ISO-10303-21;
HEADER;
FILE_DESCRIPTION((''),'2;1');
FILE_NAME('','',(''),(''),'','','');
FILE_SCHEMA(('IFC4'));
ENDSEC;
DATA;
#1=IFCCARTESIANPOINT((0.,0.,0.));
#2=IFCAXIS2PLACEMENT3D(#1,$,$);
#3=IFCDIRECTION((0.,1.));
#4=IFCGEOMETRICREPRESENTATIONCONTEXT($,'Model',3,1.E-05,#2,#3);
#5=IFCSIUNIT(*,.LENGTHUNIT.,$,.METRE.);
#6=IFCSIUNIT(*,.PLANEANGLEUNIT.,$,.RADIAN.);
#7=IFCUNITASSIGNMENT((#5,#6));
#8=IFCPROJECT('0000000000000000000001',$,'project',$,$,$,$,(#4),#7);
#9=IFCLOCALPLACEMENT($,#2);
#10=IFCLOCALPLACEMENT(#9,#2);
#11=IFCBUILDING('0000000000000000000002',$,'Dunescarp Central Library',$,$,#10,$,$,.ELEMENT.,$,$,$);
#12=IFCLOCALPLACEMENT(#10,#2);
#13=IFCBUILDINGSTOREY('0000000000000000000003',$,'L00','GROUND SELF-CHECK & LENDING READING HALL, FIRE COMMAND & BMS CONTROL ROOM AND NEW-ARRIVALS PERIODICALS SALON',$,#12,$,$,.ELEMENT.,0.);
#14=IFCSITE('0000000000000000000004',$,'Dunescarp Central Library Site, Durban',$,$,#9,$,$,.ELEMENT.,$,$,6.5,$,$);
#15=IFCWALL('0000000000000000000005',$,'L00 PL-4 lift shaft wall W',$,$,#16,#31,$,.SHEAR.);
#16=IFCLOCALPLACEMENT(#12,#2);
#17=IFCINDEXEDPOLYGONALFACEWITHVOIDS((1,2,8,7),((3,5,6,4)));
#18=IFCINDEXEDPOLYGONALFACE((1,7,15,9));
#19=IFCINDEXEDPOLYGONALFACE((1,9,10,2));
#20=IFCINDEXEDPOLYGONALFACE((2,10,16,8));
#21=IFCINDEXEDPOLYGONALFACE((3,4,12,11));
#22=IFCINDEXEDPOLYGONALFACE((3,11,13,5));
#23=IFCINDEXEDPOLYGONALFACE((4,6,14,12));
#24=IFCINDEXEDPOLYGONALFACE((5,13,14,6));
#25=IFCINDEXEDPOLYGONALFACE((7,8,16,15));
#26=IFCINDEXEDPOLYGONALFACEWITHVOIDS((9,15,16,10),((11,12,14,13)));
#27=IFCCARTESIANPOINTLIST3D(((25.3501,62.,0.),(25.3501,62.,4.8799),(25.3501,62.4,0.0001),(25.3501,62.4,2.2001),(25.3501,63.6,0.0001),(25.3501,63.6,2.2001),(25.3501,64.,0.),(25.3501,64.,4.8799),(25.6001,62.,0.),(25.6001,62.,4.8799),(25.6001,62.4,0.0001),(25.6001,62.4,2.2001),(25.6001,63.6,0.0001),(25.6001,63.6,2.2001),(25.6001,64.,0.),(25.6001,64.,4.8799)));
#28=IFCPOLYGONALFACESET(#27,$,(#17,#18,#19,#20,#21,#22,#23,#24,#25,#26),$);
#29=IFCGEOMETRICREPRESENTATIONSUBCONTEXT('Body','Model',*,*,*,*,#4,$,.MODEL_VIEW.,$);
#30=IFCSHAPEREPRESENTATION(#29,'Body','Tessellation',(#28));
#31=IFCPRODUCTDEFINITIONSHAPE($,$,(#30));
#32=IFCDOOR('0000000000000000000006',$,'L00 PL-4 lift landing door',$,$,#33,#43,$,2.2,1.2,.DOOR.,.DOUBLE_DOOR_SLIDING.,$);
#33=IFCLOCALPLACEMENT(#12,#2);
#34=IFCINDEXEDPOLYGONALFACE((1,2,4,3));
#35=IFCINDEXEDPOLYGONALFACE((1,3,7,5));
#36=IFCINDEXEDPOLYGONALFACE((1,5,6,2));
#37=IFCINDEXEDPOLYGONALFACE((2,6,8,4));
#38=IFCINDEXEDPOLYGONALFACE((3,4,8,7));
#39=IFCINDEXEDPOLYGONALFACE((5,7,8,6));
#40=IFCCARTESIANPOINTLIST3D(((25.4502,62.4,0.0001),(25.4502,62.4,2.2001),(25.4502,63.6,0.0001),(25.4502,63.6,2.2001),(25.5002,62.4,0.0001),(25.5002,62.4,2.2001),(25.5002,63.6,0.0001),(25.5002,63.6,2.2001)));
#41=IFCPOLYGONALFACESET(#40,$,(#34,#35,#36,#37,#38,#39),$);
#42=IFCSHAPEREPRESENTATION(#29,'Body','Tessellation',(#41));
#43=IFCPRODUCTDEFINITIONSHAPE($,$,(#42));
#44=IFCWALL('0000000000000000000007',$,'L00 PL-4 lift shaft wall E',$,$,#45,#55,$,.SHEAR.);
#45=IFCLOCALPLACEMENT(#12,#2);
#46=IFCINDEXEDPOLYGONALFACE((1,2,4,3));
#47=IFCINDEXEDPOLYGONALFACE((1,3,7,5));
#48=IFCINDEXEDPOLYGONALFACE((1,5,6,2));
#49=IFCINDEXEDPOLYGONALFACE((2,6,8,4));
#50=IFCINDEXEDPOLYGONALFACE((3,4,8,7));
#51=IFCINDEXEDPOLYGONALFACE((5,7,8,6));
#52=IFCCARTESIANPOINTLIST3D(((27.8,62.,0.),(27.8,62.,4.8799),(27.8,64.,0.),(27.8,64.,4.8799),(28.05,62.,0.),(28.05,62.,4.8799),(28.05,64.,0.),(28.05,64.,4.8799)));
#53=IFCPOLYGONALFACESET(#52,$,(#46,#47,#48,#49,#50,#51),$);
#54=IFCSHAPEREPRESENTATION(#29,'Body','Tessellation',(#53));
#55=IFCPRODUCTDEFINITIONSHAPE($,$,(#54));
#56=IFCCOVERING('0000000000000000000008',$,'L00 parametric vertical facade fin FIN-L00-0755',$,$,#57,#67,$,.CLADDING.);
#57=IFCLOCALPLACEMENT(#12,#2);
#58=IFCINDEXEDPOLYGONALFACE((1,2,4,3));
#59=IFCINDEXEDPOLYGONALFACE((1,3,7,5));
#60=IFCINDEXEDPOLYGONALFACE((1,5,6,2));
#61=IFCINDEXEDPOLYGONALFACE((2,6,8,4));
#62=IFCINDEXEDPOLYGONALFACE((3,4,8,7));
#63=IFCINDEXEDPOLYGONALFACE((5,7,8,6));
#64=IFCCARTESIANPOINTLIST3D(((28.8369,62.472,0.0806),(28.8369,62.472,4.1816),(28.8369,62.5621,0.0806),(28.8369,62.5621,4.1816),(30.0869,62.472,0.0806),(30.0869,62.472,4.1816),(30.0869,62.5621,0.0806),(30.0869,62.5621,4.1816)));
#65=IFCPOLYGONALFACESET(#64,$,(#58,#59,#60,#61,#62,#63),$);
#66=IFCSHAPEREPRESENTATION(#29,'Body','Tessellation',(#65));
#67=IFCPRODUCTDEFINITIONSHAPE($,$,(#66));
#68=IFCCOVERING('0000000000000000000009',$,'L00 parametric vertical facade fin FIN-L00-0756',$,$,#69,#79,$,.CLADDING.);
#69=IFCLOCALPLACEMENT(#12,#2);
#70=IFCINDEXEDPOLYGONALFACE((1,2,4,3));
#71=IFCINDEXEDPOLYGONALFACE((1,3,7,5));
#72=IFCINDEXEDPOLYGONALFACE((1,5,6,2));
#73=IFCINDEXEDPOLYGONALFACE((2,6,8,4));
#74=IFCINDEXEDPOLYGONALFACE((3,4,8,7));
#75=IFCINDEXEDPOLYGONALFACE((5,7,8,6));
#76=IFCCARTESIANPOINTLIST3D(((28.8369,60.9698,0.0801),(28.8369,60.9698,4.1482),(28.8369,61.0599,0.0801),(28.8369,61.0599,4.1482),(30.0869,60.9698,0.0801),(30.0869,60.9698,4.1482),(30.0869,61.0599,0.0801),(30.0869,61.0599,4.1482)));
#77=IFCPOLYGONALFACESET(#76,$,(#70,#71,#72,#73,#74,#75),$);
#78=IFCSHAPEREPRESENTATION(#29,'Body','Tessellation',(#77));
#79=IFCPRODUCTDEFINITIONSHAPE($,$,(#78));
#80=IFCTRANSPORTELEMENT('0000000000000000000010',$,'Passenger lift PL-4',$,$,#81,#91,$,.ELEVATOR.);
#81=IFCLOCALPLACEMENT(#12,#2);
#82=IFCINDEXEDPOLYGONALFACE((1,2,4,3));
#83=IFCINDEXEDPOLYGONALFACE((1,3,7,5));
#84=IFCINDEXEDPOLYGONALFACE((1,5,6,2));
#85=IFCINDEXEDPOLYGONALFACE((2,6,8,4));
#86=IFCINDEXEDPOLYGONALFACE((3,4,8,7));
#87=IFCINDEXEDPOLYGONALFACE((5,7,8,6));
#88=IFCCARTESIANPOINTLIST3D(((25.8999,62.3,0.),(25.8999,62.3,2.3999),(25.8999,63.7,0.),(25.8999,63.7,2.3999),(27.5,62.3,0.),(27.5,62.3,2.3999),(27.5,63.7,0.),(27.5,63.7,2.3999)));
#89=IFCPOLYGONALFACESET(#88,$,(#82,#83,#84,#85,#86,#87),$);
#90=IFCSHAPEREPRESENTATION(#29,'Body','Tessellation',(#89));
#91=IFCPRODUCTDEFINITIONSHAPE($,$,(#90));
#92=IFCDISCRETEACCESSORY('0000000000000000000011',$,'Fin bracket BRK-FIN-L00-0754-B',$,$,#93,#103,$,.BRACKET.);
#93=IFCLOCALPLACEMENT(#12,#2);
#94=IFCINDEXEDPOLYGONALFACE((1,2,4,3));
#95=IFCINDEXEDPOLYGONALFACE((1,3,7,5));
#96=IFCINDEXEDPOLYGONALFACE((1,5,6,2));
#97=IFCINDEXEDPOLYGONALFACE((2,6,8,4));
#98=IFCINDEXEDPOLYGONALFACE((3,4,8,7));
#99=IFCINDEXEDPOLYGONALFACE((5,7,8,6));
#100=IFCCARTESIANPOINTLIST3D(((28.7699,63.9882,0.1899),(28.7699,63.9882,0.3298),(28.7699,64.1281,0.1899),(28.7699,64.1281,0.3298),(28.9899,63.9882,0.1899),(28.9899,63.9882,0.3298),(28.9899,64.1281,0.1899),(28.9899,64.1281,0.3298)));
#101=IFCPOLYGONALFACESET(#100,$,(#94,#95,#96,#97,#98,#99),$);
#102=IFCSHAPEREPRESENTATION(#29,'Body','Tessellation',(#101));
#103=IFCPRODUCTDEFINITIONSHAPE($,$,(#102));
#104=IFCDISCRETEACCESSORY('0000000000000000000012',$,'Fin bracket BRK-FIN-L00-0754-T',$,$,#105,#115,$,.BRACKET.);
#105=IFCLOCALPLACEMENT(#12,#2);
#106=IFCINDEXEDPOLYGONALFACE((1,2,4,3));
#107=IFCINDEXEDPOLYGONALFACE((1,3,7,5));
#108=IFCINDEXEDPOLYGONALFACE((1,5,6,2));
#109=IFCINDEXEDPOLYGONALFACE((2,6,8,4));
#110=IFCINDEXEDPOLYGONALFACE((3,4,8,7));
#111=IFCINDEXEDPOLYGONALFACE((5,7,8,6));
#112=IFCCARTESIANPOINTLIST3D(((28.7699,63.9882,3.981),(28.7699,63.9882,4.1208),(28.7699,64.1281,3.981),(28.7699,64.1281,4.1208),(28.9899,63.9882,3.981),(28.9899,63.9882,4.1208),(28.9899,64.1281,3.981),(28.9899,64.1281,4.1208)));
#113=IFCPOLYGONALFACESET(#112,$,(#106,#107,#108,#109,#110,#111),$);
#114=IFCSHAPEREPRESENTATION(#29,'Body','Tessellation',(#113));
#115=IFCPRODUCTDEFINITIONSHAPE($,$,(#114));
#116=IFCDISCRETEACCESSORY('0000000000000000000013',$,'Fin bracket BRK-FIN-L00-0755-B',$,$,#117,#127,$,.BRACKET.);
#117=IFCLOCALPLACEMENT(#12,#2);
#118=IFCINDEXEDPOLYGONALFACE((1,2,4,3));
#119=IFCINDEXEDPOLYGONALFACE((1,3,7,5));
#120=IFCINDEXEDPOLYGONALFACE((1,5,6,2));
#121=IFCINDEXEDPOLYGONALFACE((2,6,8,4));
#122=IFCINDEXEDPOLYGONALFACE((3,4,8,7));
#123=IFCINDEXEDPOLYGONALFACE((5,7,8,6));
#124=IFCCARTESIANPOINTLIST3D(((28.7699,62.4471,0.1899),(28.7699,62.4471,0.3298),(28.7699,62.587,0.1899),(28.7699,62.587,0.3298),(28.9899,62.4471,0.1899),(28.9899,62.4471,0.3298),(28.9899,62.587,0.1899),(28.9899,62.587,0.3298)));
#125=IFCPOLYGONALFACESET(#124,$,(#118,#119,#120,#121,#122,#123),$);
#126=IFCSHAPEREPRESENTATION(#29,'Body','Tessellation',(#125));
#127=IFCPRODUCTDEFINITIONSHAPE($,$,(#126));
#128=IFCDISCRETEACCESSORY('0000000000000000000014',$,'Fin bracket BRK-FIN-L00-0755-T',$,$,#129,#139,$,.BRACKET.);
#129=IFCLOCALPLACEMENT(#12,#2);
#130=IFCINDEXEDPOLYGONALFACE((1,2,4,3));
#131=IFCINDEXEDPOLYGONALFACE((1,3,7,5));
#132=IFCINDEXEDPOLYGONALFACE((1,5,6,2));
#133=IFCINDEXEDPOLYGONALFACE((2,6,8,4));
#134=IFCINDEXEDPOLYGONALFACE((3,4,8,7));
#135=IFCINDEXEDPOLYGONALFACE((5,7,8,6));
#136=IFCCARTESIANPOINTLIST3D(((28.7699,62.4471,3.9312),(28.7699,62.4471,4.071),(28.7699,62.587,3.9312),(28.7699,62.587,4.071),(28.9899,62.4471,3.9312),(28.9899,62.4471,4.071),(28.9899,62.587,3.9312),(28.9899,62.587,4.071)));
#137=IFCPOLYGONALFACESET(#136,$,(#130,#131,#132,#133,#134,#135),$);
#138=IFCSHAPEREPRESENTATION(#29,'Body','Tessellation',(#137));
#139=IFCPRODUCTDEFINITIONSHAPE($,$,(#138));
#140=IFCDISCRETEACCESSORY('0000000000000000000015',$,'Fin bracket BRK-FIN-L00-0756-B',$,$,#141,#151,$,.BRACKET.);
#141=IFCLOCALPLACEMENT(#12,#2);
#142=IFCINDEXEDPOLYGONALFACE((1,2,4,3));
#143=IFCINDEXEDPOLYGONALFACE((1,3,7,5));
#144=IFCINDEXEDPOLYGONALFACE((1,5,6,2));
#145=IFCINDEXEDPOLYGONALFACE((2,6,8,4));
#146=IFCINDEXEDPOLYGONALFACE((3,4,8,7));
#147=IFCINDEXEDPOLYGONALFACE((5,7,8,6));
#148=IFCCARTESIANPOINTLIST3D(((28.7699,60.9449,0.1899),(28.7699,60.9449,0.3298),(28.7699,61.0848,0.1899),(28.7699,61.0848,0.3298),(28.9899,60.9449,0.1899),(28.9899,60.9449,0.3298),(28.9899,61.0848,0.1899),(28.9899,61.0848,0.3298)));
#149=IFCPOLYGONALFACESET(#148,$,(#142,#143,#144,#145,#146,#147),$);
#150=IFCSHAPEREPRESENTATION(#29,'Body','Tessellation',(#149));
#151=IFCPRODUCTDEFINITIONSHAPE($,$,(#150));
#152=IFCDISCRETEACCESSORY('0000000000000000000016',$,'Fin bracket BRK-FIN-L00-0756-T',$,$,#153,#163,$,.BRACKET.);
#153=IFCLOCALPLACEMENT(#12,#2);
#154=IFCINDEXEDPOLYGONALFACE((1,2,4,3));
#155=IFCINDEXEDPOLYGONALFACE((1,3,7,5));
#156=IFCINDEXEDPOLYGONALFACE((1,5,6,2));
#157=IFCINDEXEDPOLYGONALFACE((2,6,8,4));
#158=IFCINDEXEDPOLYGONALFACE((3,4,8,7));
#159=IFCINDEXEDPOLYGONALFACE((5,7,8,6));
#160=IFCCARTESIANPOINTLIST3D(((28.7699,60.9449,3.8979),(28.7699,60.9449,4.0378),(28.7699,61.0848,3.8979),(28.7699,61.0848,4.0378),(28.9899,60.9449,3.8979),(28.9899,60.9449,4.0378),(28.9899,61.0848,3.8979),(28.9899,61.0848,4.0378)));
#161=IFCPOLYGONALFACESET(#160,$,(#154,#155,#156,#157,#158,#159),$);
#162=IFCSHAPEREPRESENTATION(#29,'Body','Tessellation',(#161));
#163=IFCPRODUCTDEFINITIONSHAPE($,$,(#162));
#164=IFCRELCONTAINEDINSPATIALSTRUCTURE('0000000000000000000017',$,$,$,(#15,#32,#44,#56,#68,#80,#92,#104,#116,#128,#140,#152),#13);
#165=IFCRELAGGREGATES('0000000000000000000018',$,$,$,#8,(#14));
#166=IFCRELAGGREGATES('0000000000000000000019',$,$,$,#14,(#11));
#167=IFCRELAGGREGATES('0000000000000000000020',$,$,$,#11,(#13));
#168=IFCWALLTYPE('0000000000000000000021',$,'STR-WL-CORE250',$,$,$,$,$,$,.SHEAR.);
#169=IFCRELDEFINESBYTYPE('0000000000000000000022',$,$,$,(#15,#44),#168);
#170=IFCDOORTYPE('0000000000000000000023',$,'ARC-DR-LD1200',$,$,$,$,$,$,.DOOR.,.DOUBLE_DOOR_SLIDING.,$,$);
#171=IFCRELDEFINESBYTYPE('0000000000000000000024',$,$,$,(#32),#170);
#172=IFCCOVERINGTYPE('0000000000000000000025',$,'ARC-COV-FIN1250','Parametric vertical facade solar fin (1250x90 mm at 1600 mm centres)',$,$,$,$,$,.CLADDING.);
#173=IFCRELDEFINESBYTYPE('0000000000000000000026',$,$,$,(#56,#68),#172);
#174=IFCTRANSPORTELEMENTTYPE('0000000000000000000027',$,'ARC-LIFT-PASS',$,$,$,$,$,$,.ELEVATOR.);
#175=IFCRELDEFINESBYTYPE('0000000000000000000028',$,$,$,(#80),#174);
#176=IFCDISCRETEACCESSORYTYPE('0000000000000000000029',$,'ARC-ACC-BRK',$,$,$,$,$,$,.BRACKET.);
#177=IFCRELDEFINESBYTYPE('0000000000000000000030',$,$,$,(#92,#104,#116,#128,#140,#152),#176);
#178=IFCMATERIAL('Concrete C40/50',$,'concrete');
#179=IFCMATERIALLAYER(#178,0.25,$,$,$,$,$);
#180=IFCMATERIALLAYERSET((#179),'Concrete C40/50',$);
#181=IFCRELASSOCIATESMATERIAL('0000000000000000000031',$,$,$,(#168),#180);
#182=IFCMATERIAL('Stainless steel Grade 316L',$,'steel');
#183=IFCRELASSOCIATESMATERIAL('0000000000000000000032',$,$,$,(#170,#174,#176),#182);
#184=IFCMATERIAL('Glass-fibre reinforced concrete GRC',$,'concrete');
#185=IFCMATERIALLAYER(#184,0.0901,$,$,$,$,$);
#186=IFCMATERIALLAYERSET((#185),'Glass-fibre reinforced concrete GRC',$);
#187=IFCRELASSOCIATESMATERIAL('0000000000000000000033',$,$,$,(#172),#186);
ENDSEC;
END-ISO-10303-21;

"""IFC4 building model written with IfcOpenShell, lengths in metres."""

from ifc_helpers import new_model, si_unit, direction, frame, frame_2d, origin, origin_2d, place, context, subcontext, project, spatial, rectangle, extrude, material, layer, layer_set, type_object, element, fill, save


model = new_model("IFC4")

# Units and contexts
model_context = context("Model", 3, precision=1e-05, world=origin(), true_north=direction((0.0, 1.0)))
body_context = subcontext(model_context, "Body", "Model", "MODEL_VIEW")
ifc_project = project(units=[si_unit("LENGTHUNIT", "METRE"), si_unit("PLANEANGLEUNIT", "RADIAN")], contexts=[model_context])

# Site, building, storey
site_placement = place(None, origin())
site = spatial("IfcSite", under=ifc_project, at=site_placement, Name="Dunescarp Central Library Site, Durban", CompositionType="ELEMENT", RefElevation=6.5)
building_placement = place(site_placement, origin())
building = spatial("IfcBuilding", under=site, at=building_placement, Name="Dunescarp Central Library", CompositionType="ELEMENT")
storey_placement = place(building_placement, origin())
storey = spatial("IfcBuildingStorey", under=building, at=storey_placement, Name="L00", Description="GROUND SELF-CHECK & LENDING READING HALL, FIRE COMMAND & BMS CONTROL ROOM AND NEW-ARRIVALS PERIODICALS SALON", CompositionType="ELEMENT", Elevation=0.0)

# Shared definitions
ifc_material_1 = material(Name="Concrete C40/50", Category="concrete")

# Shared definitions
ifc_material_2 = material(Name="Glass-fibre reinforced concrete GRC", Category="concrete")
ifc_layer_1 = layer(ifc_material_1, 0.25)
ifc_layer_set_1 = layer_set([ifc_layer_1], Name="Concrete C40/50")
wall_type_1 = type_object("IfcWallType", Name="STR-WL-CORE250", PredefinedType="SHEAR", material=ifc_layer_set_1)

# Wall, opening, door
wall_1_placement = place(storey_placement, frame((25.4751, 62.0, 0.0), z_axis=(0.0, 0.0, 1.0), x_axis=(0.0, 1.0, 0.0)))
wall_1 = element("IfcWall", 1, at=wall_1_placement, inside=storey, type_object=wall_type_1, Name="L00 PL-4 lift shaft wall W", PredefinedType="SHEAR", context=body_context, shape_type="SweptSolid", body=[
    extrude(rectangle(XDim=2.0, YDim=0.25, at=frame_2d((1.0, 0.0))), origin(), (0.0, 0.0, 1.0), 4.8799),
])
opening_placement = place(wall_1_placement, frame((0.3999, 0.0, 0.0)))
opening = element("IfcOpeningElement", 2, at=opening_placement, cuts=wall_1, PredefinedType="OPENING", context=body_context, shape_type="SweptSolid", body=[
    extrude(rectangle(XDim=1.2, YDim=2.2, at=frame_2d((0.6001, 1.1001))), frame((0.0, 0.135, 0.0), z_axis=(0.0, -1.0, 0.0), x_axis=(1.0, 0.0, 0.0)), (0.0, 0.0, 1.0), 0.27),
])
ifc_material_3 = material(Name="Stainless steel Grade 316L", Category="steel")
door_type = type_object("IfcDoorType", Name="ARC-DR-LD1200", OperationType="DOUBLE_DOOR_SLIDING", PredefinedType="DOOR", material=ifc_material_3)
door_placement = place(opening_placement, origin())
door = element("IfcDoor", 3, at=door_placement, inside=storey, type_object=door_type, Name="L00 PL-4 lift landing door", OperationType="DOUBLE_DOOR_SLIDING", OverallHeight=2.2, OverallWidth=1.2, PredefinedType="DOOR", context=body_context, shape_type="SweptSolid", body=[
    extrude(rectangle(XDim=1.2, YDim=2.2, at=frame_2d((0.6001, 1.1001))), frame((0.0, 0.0249, 0.0), z_axis=(0.0, -1.0, 0.0), x_axis=(1.0, 0.0, 0.0)), (0.0, 0.0, 1.0), 0.05),
])
fill(opening, door)

# Wall
wall_2_placement = place(storey_placement, frame((27.925, 64.0, 0.0), z_axis=(0.0, 0.0, 1.0), x_axis=(0.0, -1.0, 0.0)))
element("IfcWall", 4, at=wall_2_placement, inside=storey, type_object=wall_type_1, Name="L00 PL-4 lift shaft wall E", PredefinedType="SHEAR", context=body_context, shape_type="SweptSolid", body=[
    extrude(rectangle(XDim=2.0, YDim=0.25, at=frame_2d((1.0, 0.0))), origin(), (0.0, 0.0, 1.0), 4.8799),
])

# Coverings
ifc_layer_2 = layer(ifc_material_2, 0.0901)
ifc_layer_set_2 = layer_set([ifc_layer_2], Name="Glass-fibre reinforced concrete GRC")
covering_type = type_object("IfcCoveringType", Name="ARC-COV-FIN1250", Description="Parametric vertical facade solar fin (1250x90 mm at 1600 mm centres)", PredefinedType="CLADDING", material=ifc_layer_set_2)
covering_1_placement = place(storey_placement, frame((29.4619, 62.5171, 0.0806), z_axis=(0.0, 0.0, 1.0), x_axis=(1.0, 0.0, 0.0)))
element("IfcCovering", 5, at=covering_1_placement, inside=storey, type_object=covering_type, Name="L00 parametric vertical facade fin FIN-L00-0755", PredefinedType="CLADDING", context=body_context, shape_type="SweptSolid", body=[
    extrude(rectangle(XDim=1.25, YDim=0.0901, at=origin_2d()), origin(), (0.0, 0.0, 1.0), 4.1011),
])
covering_2_placement = place(storey_placement, frame((29.4619, 61.0149, 0.0801), z_axis=(0.0, 0.0, 1.0), x_axis=(1.0, 0.0, 0.0)))
element("IfcCovering", 6, at=covering_2_placement, inside=storey, type_object=covering_type, Name="L00 parametric vertical facade fin FIN-L00-0756", PredefinedType="CLADDING", context=body_context, shape_type="SweptSolid", body=[
    extrude(rectangle(XDim=1.25, YDim=0.0901, at=origin_2d()), origin(), (0.0, 0.0, 1.0), 4.0681),
])

# Transport element
transport_element_type = type_object("IfcTransportElementType", Name="ARC-LIFT-PASS", PredefinedType="ELEVATOR", material=ifc_material_3)
transport_element_placement = place(storey_placement, frame((26.7, 63.0, 0.0), z_axis=(0.0, 0.0, 1.0), x_axis=(0.0, 1.0, 0.0)))
element("IfcTransportElement", 7, at=transport_element_placement, inside=storey, type_object=transport_element_type, Name="Passenger lift PL-4", PredefinedType="ELEVATOR", context=body_context, shape_type="SweptSolid", body=[
    extrude(rectangle(XDim=1.3999, YDim=1.6001, at=origin_2d()), origin(), (0.0, 0.0, 1.0), 2.3999),
])

# Discrete accessories
discrete_accessory_type = type_object("IfcDiscreteAccessoryType", Name="ARC-ACC-BRK", PredefinedType="BRACKET", material=ifc_material_3)
for number, where, z_axis, x_axis, name in (
    (8, (28.8799, 64.0581, 0.1899), (0.0, 0.0, 1.0), (1.0, 0.0, 0.0), "Fin bracket BRK-FIN-L00-0754-B"),
    (9, (28.8799, 64.0581, 3.981), (0.0, 0.0, 1.0), (1.0, 0.0, 0.0), "Fin bracket BRK-FIN-L00-0754-T"),
    (10, (28.8799, 62.5171, 0.1899), (0.0, 0.0, 1.0), (1.0, 0.0, 0.0), "Fin bracket BRK-FIN-L00-0755-B"),
    (11, (28.8799, 62.5171, 3.9312), (0.0, 0.0, 1.0), (1.0, 0.0, 0.0), "Fin bracket BRK-FIN-L00-0755-T"),
    (12, (28.8799, 61.0149, 0.1899), (0.0, 0.0, 1.0), (1.0, 0.0, 0.0), "Fin bracket BRK-FIN-L00-0756-B"),
    (13, (28.8799, 61.0149, 3.8979), (0.0, 0.0, 1.0), (1.0, 0.0, 0.0), "Fin bracket BRK-FIN-L00-0756-T"),
):
    element("IfcDiscreteAccessory", number, at=place(storey_placement, frame(where, z_axis=z_axis, x_axis=x_axis)), inside=storey, type_object=discrete_accessory_type, Name=name, PredefinedType="BRACKET", context=body_context, shape_type="SweptSolid", body=[
        extrude(rectangle(XDim=0.22, YDim=0.1399, at=origin_2d()), origin(), (0.0, 0.0, 1.0), 0.1399),
    ])

save(model, "model.ifc")
